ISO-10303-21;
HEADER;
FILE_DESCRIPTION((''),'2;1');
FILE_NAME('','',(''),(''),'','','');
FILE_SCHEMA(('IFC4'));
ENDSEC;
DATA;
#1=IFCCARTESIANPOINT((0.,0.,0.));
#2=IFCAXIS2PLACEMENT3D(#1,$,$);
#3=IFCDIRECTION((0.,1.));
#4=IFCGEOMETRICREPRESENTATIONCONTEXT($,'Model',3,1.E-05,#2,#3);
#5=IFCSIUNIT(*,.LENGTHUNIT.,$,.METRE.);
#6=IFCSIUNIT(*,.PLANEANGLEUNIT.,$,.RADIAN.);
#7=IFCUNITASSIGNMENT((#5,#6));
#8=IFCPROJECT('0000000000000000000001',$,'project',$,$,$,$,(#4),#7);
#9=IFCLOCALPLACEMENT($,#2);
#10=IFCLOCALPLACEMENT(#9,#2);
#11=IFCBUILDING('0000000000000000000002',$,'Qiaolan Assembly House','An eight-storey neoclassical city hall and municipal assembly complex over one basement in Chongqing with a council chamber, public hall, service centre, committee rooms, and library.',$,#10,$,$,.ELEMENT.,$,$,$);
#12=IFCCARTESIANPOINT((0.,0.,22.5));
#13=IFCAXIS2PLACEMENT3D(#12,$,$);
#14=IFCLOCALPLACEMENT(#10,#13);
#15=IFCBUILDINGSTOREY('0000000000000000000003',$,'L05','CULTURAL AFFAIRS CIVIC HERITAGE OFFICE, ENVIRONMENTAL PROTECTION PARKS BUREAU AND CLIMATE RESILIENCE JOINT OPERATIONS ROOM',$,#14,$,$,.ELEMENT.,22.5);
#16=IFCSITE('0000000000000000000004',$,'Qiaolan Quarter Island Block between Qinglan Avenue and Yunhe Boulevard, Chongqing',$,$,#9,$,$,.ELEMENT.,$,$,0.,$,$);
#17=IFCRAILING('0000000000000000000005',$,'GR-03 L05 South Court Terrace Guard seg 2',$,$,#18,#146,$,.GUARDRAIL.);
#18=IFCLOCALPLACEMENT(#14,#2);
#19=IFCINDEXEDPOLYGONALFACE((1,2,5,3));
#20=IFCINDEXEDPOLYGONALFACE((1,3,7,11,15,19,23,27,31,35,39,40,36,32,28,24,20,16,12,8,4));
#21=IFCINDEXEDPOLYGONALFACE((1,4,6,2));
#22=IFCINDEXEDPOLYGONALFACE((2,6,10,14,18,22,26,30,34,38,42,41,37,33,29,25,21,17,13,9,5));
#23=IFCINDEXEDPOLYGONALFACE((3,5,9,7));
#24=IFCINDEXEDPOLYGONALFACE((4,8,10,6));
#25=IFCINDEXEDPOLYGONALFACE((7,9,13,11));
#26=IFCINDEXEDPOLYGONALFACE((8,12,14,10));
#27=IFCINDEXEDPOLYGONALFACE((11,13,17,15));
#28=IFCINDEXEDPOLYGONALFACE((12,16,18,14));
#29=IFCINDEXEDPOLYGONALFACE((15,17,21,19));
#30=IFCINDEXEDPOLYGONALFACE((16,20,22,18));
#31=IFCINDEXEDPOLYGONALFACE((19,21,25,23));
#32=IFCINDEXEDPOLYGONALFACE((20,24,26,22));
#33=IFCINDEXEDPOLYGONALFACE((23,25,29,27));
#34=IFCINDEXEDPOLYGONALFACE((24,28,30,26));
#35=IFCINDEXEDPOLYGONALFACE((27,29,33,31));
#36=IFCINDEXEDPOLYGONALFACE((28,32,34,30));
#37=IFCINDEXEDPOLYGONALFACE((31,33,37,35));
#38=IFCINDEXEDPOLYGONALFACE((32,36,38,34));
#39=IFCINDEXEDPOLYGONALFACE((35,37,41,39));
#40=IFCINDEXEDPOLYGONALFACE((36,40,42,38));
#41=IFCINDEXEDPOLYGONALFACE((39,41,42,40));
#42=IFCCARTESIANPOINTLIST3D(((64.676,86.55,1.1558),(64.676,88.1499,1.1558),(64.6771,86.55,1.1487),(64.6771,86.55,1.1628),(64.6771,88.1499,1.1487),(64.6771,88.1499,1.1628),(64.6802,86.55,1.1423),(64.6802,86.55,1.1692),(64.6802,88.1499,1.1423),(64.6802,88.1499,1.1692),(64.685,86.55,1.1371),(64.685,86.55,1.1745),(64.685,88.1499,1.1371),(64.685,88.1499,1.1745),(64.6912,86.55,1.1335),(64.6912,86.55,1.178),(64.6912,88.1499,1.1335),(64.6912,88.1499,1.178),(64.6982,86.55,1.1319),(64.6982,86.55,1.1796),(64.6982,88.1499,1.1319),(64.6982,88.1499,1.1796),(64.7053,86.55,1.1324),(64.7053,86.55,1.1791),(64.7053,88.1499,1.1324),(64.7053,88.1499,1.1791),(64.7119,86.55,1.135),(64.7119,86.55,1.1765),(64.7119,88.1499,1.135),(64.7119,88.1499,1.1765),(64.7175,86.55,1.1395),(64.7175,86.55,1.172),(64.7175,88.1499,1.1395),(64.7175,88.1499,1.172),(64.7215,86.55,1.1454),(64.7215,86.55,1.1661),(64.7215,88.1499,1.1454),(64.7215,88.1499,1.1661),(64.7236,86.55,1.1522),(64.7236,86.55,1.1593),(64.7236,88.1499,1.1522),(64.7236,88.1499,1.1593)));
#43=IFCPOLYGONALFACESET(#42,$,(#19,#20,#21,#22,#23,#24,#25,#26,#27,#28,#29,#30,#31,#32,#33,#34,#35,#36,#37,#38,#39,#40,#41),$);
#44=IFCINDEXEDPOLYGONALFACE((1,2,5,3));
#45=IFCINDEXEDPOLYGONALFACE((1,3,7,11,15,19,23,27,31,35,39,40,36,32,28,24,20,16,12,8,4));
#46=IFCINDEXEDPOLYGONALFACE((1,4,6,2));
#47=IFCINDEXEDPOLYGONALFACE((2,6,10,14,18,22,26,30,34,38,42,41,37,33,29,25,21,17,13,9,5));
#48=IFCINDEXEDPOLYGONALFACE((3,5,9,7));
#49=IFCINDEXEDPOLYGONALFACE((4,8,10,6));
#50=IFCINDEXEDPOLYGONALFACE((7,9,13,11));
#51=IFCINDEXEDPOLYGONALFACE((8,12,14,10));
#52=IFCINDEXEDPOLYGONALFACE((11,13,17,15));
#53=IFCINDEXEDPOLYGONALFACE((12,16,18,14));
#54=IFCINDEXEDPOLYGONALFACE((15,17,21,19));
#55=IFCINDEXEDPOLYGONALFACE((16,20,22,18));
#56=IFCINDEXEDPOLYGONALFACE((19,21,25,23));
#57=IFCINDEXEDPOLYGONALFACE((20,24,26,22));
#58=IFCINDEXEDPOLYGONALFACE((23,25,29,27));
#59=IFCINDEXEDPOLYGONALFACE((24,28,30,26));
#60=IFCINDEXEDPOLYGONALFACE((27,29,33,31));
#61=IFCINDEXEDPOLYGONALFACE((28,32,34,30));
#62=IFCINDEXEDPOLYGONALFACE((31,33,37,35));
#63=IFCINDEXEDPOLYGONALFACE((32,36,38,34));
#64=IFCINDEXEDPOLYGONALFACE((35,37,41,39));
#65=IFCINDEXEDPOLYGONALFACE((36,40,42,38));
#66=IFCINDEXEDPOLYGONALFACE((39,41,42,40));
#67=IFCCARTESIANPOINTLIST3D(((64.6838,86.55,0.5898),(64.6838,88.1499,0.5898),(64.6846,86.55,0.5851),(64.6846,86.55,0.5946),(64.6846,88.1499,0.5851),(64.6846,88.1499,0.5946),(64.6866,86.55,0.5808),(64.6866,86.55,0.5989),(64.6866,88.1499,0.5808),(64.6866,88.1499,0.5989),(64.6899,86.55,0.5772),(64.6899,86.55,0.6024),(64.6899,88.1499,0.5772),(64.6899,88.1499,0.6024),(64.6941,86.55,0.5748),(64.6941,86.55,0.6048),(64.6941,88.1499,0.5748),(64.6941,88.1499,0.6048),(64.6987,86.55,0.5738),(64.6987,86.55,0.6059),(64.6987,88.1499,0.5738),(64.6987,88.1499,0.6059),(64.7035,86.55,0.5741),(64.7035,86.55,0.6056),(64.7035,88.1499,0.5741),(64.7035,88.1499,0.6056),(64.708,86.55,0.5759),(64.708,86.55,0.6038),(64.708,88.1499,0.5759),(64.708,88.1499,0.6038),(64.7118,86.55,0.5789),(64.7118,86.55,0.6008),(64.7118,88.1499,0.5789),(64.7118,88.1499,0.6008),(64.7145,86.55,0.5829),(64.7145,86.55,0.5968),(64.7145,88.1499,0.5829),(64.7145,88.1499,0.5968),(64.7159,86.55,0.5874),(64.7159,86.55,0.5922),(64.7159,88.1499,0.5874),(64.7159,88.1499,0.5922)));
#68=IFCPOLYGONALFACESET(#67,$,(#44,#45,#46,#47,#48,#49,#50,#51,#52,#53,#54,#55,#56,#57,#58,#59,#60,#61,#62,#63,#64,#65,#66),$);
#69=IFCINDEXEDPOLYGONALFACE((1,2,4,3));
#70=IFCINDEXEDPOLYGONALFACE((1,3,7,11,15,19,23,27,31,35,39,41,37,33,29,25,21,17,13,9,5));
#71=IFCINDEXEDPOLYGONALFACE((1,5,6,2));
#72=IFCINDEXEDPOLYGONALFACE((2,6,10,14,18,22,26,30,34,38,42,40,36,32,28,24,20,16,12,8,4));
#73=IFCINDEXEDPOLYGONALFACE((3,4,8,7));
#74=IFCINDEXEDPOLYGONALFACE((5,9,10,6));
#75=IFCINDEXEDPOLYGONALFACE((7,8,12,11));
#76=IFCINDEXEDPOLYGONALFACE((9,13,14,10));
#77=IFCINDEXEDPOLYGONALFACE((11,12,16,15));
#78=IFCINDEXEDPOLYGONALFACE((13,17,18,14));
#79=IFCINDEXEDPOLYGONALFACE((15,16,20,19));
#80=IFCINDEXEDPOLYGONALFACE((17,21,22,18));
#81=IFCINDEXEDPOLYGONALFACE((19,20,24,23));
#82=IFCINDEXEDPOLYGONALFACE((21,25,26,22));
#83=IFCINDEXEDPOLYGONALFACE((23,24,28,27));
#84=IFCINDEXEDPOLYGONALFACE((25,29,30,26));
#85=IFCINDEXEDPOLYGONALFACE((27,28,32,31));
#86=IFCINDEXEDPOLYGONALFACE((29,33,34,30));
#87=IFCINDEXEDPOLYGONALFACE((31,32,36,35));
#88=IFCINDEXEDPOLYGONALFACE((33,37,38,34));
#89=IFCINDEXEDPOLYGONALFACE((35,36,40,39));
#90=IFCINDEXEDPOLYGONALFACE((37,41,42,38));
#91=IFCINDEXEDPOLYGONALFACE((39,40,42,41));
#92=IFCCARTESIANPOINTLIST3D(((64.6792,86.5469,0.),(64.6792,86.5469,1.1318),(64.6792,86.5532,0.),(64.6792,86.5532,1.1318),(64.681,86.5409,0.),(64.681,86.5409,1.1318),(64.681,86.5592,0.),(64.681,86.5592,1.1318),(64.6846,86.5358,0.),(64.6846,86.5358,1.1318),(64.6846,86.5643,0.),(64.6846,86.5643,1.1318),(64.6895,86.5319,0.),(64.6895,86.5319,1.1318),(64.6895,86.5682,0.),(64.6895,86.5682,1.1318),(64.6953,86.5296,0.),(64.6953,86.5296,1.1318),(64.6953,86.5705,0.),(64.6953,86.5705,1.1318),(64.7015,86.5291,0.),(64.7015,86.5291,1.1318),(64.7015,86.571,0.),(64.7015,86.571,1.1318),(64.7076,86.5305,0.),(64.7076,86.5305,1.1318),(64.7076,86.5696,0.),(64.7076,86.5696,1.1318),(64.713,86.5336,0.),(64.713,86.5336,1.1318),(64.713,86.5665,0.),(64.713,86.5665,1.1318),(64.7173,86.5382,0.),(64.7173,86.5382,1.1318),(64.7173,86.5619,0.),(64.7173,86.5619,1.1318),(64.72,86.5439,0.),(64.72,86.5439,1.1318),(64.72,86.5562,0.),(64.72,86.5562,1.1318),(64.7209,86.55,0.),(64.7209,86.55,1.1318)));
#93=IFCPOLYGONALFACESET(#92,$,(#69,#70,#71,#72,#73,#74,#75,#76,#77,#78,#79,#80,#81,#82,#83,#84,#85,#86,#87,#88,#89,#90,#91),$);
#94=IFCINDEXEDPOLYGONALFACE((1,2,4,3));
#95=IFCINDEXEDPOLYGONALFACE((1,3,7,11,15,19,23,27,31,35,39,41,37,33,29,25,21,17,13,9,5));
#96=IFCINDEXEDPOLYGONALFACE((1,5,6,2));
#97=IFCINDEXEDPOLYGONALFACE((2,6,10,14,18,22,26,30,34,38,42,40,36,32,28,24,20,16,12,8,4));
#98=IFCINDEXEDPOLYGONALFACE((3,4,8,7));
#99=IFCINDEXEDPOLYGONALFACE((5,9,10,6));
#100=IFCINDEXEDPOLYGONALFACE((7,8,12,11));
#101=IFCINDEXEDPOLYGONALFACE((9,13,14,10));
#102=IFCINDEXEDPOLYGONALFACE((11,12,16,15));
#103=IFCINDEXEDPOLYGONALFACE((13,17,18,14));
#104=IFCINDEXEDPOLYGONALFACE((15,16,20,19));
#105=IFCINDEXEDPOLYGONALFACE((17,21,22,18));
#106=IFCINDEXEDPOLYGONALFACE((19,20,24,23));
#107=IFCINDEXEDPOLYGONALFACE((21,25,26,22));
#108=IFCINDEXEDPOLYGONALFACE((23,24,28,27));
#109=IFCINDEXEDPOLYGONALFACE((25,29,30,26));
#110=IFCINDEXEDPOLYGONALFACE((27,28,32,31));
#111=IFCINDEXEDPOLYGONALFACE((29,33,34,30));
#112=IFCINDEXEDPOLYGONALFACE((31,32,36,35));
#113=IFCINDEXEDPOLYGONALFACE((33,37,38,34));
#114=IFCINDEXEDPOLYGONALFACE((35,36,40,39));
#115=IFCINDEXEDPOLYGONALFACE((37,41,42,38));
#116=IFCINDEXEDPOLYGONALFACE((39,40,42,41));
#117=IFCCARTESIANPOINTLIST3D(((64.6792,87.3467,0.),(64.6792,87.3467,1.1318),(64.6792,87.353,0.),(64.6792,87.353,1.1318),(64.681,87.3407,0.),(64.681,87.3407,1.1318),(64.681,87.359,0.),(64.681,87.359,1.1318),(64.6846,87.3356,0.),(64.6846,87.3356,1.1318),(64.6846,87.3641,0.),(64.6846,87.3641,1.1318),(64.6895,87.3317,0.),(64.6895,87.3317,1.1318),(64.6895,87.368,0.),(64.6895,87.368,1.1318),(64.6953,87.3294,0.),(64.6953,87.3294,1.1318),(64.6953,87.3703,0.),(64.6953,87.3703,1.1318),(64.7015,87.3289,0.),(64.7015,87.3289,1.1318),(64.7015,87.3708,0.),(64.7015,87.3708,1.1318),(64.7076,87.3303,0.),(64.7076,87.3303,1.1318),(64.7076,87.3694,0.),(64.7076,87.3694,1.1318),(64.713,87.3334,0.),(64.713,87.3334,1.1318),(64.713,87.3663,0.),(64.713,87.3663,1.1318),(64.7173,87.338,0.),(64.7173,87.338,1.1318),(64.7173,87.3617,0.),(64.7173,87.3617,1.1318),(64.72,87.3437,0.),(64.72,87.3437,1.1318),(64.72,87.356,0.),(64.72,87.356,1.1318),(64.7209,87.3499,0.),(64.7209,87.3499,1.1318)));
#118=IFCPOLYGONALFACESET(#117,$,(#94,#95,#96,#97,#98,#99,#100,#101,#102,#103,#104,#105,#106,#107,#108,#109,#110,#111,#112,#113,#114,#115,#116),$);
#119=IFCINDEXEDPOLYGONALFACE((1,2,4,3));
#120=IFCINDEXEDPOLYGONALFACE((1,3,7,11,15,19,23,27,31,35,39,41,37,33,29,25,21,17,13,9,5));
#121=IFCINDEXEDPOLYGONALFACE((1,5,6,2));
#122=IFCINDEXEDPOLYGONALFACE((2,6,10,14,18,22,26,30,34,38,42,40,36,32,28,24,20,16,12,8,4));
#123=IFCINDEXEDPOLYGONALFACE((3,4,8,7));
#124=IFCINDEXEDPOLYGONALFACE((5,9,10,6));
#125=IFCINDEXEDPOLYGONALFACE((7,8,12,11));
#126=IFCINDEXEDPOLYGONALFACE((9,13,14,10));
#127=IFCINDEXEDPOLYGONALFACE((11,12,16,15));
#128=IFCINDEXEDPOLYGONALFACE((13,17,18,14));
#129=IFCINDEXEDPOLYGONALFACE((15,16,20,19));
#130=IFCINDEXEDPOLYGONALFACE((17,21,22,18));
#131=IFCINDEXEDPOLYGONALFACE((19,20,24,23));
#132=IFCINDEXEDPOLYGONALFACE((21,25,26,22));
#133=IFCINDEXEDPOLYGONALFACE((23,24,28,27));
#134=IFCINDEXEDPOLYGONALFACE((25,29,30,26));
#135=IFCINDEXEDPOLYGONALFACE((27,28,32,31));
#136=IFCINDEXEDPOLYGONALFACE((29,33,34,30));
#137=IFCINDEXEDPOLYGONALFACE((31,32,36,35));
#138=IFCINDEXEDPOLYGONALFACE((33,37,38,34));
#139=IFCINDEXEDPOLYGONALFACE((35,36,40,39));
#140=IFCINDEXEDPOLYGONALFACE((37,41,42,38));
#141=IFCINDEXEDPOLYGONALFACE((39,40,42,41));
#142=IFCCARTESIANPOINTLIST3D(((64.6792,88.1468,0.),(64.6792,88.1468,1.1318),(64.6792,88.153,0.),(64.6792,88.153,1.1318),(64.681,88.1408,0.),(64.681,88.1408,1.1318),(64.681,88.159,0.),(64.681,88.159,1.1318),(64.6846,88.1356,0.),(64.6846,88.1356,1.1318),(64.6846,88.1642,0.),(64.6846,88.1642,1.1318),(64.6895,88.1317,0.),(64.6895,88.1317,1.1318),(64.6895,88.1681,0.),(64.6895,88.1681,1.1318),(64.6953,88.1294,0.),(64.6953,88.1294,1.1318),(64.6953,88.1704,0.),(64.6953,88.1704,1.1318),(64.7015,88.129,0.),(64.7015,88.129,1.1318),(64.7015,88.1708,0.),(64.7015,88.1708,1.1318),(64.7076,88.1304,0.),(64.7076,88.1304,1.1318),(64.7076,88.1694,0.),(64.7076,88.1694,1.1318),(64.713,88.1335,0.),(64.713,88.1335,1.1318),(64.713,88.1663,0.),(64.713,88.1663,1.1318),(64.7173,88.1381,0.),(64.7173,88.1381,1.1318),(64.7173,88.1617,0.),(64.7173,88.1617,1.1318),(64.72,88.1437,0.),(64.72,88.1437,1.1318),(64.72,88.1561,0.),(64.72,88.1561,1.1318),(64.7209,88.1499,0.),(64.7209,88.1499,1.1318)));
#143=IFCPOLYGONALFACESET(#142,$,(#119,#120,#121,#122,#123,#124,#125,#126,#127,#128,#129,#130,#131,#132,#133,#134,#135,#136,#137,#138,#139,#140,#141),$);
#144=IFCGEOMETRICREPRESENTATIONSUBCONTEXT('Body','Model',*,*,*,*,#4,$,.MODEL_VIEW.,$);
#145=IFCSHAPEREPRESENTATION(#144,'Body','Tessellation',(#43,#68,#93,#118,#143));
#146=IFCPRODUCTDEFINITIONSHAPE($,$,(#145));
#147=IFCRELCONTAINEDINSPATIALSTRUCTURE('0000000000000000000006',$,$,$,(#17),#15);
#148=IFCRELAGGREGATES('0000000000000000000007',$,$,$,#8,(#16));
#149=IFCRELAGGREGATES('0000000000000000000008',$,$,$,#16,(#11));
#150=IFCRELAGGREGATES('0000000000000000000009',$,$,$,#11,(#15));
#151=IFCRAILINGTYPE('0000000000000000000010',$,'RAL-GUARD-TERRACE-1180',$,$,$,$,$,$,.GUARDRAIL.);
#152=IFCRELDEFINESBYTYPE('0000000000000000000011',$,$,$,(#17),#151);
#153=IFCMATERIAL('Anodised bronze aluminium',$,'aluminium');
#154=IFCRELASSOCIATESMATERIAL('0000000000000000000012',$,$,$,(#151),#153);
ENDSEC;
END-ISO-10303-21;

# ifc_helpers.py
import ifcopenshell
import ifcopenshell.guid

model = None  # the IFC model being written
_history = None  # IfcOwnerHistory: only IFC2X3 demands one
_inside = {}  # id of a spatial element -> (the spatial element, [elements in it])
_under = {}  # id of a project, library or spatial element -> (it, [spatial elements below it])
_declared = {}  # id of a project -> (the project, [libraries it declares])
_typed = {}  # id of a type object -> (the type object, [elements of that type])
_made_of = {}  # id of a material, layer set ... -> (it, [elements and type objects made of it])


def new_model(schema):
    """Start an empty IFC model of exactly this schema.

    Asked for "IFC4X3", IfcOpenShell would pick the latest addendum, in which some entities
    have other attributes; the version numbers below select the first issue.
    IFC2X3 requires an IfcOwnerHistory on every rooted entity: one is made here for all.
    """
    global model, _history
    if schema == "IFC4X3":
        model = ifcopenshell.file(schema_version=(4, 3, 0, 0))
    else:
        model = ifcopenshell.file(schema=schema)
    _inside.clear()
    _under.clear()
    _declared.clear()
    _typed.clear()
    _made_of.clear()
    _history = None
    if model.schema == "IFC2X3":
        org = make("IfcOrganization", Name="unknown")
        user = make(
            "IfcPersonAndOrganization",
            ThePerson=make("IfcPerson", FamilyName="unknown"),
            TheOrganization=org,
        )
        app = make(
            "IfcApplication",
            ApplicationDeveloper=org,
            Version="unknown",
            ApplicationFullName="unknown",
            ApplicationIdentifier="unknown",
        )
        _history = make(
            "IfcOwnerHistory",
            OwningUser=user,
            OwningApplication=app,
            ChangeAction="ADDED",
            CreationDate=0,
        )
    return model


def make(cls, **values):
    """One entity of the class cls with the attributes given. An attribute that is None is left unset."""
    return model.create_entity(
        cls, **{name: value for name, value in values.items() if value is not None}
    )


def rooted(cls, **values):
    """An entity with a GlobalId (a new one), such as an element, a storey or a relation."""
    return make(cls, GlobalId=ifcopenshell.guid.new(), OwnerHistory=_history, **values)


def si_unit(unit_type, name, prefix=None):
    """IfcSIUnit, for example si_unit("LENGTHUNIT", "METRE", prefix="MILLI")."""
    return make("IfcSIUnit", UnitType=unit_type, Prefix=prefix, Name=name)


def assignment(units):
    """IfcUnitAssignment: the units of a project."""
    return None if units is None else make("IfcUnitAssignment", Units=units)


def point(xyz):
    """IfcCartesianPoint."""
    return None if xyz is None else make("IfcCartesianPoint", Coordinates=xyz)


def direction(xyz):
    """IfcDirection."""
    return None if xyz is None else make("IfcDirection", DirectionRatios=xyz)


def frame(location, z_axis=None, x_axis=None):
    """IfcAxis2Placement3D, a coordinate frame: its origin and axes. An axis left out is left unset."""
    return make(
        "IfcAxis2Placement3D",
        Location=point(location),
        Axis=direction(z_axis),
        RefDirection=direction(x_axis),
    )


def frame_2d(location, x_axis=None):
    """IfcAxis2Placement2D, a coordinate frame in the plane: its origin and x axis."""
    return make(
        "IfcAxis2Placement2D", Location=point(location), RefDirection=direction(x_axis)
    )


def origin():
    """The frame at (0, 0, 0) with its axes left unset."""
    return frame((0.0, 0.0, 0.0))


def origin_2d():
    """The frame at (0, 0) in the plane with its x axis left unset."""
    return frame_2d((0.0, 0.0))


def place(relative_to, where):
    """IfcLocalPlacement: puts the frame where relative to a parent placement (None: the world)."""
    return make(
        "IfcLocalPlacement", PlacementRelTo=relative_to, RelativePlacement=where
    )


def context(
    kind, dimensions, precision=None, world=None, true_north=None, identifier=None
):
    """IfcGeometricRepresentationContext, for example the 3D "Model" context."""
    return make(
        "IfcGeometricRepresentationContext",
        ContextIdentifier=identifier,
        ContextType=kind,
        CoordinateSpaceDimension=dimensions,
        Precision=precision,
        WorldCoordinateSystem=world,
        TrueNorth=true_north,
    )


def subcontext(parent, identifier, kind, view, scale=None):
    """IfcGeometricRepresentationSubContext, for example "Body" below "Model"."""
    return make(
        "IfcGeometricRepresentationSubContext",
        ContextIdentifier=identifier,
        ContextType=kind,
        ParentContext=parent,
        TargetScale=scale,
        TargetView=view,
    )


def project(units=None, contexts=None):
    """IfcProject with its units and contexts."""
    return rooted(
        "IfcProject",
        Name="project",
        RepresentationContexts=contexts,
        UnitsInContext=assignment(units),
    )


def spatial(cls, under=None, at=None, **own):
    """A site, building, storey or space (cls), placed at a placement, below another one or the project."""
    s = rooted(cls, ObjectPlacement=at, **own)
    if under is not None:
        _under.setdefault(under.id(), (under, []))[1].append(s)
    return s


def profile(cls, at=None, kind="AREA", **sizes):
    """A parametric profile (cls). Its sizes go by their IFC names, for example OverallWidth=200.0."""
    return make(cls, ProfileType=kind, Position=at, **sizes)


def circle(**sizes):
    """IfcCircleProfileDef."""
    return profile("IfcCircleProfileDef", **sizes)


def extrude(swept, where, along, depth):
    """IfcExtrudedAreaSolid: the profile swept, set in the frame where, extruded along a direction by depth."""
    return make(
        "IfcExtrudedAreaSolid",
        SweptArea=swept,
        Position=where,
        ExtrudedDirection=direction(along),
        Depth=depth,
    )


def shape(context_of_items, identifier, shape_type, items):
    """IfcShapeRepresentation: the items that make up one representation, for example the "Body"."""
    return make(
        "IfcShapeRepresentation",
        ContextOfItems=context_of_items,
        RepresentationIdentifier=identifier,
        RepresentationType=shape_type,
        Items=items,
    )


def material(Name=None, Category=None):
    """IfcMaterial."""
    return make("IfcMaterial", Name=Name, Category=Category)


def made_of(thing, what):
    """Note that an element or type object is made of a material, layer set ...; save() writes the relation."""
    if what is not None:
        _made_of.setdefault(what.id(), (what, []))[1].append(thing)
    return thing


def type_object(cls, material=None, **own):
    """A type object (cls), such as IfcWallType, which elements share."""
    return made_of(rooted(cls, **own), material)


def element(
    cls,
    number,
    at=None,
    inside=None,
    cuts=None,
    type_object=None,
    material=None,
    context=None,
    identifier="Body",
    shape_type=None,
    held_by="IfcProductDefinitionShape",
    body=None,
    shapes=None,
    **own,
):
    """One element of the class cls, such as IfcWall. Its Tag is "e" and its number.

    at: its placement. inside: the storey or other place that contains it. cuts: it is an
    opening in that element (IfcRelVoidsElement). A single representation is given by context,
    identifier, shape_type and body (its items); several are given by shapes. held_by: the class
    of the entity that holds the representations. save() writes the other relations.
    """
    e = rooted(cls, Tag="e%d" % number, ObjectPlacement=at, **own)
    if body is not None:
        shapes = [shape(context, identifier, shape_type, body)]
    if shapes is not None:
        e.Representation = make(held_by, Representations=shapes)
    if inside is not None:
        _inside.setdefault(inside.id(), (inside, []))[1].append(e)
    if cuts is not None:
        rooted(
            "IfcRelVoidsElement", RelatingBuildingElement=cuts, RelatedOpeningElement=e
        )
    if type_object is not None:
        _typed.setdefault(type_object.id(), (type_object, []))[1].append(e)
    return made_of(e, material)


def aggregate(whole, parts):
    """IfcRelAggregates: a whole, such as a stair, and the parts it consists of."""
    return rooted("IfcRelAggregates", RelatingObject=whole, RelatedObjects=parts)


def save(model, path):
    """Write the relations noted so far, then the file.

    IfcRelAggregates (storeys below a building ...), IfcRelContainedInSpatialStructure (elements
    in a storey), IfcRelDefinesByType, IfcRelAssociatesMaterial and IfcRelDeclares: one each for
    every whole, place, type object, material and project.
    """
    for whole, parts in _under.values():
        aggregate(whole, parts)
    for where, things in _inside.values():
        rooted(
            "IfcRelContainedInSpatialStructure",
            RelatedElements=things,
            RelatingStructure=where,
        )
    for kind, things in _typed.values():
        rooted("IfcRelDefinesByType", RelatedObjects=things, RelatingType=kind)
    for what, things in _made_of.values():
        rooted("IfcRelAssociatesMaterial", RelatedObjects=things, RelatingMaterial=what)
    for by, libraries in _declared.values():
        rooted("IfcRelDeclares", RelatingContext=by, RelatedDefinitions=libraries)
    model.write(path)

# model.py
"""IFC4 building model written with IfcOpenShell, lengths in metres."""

from ifc_helpers import new_model, si_unit, direction, frame, origin, origin_2d, place, context, subcontext, project, spatial, circle, extrude, material, type_object, element, save


model = new_model("IFC4")

# Units and contexts
model_context = context("Model", 3, precision=1e-05, world=origin(), true_north=direction((0.0, 1.0)))
body_context = subcontext(model_context, "Body", "Model", "MODEL_VIEW")
ifc_project = project(units=[si_unit("LENGTHUNIT", "METRE"), si_unit("PLANEANGLEUNIT", "RADIAN")], contexts=[model_context])

# Site, building, storey
site_placement = place(None, origin())
site = spatial("IfcSite", under=ifc_project, at=site_placement, Name="Qiaolan Quarter Island Block between Qinglan Avenue and Yunhe Boulevard, Chongqing", CompositionType="ELEMENT", RefElevation=0.0)
building_placement = place(site_placement, origin())
building = spatial("IfcBuilding", under=site, at=building_placement, Name="Qiaolan Assembly House", Description="An eight-storey neoclassical city hall and municipal assembly complex over one basement in Chongqing with a council chamber, public hall, service centre, committee rooms, and library.", CompositionType="ELEMENT")
storey_placement = place(building_placement, frame((0.0, 0.0, 22.5)))
storey = spatial("IfcBuildingStorey", under=building, at=storey_placement, Name="L05", Description="CULTURAL AFFAIRS CIVIC HERITAGE OFFICE, ENVIRONMENTAL PROTECTION PARKS BUREAU AND CLIMATE RESILIENCE JOINT OPERATIONS ROOM", CompositionType="ELEMENT", Elevation=22.5)

# Railing
ifc_material_1 = material(Name="Anodised bronze aluminium", Category="aluminium")
railing_type = type_object("IfcRailingType", Name="RAL-GUARD-TERRACE-1180", PredefinedType="GUARDRAIL", material=ifc_material_1)
railing_1_placement = place(storey_placement, frame((64.7, 86.55, 0.0)))
element("IfcRailing", 1, at=railing_1_placement, inside=storey, type_object=railing_type, Name="GR-03 L05 South Court Terrace Guard seg 2", PredefinedType="GUARDRAIL", context=body_context, shape_type="SweptSolid", body=[
    extrude(circle(Radius=0.0239, at=origin_2d()), frame((0.0, 0.0, 1.1558), z_axis=(0.0, 1.0, 0.0), x_axis=(-1.0, 0.0, 0.0)), (0.0, 0.0, 1.0), 1.5999),
    extrude(circle(Radius=0.0161, at=origin_2d()), frame((0.0, 0.0, 0.5898), z_axis=(0.0, 1.0, 0.0), x_axis=(-1.0, 0.0, 0.0)), (0.0, 0.0, 1.0), 1.5999),
    extrude(circle(Radius=0.021, at=origin_2d()), origin(), (0.0, 0.0, 1.0), 1.1318),
    extrude(circle(Radius=0.021, at=origin_2d()), frame((0.0, 0.7998, 0.0)), (0.0, 0.0, 1.0), 1.1318),
    extrude(circle(Radius=0.021, at=origin_2d()), frame((0.0, 1.5999, 0.0)), (0.0, 0.0, 1.0), 1.1318),
])

save(model, "model.ifc")
